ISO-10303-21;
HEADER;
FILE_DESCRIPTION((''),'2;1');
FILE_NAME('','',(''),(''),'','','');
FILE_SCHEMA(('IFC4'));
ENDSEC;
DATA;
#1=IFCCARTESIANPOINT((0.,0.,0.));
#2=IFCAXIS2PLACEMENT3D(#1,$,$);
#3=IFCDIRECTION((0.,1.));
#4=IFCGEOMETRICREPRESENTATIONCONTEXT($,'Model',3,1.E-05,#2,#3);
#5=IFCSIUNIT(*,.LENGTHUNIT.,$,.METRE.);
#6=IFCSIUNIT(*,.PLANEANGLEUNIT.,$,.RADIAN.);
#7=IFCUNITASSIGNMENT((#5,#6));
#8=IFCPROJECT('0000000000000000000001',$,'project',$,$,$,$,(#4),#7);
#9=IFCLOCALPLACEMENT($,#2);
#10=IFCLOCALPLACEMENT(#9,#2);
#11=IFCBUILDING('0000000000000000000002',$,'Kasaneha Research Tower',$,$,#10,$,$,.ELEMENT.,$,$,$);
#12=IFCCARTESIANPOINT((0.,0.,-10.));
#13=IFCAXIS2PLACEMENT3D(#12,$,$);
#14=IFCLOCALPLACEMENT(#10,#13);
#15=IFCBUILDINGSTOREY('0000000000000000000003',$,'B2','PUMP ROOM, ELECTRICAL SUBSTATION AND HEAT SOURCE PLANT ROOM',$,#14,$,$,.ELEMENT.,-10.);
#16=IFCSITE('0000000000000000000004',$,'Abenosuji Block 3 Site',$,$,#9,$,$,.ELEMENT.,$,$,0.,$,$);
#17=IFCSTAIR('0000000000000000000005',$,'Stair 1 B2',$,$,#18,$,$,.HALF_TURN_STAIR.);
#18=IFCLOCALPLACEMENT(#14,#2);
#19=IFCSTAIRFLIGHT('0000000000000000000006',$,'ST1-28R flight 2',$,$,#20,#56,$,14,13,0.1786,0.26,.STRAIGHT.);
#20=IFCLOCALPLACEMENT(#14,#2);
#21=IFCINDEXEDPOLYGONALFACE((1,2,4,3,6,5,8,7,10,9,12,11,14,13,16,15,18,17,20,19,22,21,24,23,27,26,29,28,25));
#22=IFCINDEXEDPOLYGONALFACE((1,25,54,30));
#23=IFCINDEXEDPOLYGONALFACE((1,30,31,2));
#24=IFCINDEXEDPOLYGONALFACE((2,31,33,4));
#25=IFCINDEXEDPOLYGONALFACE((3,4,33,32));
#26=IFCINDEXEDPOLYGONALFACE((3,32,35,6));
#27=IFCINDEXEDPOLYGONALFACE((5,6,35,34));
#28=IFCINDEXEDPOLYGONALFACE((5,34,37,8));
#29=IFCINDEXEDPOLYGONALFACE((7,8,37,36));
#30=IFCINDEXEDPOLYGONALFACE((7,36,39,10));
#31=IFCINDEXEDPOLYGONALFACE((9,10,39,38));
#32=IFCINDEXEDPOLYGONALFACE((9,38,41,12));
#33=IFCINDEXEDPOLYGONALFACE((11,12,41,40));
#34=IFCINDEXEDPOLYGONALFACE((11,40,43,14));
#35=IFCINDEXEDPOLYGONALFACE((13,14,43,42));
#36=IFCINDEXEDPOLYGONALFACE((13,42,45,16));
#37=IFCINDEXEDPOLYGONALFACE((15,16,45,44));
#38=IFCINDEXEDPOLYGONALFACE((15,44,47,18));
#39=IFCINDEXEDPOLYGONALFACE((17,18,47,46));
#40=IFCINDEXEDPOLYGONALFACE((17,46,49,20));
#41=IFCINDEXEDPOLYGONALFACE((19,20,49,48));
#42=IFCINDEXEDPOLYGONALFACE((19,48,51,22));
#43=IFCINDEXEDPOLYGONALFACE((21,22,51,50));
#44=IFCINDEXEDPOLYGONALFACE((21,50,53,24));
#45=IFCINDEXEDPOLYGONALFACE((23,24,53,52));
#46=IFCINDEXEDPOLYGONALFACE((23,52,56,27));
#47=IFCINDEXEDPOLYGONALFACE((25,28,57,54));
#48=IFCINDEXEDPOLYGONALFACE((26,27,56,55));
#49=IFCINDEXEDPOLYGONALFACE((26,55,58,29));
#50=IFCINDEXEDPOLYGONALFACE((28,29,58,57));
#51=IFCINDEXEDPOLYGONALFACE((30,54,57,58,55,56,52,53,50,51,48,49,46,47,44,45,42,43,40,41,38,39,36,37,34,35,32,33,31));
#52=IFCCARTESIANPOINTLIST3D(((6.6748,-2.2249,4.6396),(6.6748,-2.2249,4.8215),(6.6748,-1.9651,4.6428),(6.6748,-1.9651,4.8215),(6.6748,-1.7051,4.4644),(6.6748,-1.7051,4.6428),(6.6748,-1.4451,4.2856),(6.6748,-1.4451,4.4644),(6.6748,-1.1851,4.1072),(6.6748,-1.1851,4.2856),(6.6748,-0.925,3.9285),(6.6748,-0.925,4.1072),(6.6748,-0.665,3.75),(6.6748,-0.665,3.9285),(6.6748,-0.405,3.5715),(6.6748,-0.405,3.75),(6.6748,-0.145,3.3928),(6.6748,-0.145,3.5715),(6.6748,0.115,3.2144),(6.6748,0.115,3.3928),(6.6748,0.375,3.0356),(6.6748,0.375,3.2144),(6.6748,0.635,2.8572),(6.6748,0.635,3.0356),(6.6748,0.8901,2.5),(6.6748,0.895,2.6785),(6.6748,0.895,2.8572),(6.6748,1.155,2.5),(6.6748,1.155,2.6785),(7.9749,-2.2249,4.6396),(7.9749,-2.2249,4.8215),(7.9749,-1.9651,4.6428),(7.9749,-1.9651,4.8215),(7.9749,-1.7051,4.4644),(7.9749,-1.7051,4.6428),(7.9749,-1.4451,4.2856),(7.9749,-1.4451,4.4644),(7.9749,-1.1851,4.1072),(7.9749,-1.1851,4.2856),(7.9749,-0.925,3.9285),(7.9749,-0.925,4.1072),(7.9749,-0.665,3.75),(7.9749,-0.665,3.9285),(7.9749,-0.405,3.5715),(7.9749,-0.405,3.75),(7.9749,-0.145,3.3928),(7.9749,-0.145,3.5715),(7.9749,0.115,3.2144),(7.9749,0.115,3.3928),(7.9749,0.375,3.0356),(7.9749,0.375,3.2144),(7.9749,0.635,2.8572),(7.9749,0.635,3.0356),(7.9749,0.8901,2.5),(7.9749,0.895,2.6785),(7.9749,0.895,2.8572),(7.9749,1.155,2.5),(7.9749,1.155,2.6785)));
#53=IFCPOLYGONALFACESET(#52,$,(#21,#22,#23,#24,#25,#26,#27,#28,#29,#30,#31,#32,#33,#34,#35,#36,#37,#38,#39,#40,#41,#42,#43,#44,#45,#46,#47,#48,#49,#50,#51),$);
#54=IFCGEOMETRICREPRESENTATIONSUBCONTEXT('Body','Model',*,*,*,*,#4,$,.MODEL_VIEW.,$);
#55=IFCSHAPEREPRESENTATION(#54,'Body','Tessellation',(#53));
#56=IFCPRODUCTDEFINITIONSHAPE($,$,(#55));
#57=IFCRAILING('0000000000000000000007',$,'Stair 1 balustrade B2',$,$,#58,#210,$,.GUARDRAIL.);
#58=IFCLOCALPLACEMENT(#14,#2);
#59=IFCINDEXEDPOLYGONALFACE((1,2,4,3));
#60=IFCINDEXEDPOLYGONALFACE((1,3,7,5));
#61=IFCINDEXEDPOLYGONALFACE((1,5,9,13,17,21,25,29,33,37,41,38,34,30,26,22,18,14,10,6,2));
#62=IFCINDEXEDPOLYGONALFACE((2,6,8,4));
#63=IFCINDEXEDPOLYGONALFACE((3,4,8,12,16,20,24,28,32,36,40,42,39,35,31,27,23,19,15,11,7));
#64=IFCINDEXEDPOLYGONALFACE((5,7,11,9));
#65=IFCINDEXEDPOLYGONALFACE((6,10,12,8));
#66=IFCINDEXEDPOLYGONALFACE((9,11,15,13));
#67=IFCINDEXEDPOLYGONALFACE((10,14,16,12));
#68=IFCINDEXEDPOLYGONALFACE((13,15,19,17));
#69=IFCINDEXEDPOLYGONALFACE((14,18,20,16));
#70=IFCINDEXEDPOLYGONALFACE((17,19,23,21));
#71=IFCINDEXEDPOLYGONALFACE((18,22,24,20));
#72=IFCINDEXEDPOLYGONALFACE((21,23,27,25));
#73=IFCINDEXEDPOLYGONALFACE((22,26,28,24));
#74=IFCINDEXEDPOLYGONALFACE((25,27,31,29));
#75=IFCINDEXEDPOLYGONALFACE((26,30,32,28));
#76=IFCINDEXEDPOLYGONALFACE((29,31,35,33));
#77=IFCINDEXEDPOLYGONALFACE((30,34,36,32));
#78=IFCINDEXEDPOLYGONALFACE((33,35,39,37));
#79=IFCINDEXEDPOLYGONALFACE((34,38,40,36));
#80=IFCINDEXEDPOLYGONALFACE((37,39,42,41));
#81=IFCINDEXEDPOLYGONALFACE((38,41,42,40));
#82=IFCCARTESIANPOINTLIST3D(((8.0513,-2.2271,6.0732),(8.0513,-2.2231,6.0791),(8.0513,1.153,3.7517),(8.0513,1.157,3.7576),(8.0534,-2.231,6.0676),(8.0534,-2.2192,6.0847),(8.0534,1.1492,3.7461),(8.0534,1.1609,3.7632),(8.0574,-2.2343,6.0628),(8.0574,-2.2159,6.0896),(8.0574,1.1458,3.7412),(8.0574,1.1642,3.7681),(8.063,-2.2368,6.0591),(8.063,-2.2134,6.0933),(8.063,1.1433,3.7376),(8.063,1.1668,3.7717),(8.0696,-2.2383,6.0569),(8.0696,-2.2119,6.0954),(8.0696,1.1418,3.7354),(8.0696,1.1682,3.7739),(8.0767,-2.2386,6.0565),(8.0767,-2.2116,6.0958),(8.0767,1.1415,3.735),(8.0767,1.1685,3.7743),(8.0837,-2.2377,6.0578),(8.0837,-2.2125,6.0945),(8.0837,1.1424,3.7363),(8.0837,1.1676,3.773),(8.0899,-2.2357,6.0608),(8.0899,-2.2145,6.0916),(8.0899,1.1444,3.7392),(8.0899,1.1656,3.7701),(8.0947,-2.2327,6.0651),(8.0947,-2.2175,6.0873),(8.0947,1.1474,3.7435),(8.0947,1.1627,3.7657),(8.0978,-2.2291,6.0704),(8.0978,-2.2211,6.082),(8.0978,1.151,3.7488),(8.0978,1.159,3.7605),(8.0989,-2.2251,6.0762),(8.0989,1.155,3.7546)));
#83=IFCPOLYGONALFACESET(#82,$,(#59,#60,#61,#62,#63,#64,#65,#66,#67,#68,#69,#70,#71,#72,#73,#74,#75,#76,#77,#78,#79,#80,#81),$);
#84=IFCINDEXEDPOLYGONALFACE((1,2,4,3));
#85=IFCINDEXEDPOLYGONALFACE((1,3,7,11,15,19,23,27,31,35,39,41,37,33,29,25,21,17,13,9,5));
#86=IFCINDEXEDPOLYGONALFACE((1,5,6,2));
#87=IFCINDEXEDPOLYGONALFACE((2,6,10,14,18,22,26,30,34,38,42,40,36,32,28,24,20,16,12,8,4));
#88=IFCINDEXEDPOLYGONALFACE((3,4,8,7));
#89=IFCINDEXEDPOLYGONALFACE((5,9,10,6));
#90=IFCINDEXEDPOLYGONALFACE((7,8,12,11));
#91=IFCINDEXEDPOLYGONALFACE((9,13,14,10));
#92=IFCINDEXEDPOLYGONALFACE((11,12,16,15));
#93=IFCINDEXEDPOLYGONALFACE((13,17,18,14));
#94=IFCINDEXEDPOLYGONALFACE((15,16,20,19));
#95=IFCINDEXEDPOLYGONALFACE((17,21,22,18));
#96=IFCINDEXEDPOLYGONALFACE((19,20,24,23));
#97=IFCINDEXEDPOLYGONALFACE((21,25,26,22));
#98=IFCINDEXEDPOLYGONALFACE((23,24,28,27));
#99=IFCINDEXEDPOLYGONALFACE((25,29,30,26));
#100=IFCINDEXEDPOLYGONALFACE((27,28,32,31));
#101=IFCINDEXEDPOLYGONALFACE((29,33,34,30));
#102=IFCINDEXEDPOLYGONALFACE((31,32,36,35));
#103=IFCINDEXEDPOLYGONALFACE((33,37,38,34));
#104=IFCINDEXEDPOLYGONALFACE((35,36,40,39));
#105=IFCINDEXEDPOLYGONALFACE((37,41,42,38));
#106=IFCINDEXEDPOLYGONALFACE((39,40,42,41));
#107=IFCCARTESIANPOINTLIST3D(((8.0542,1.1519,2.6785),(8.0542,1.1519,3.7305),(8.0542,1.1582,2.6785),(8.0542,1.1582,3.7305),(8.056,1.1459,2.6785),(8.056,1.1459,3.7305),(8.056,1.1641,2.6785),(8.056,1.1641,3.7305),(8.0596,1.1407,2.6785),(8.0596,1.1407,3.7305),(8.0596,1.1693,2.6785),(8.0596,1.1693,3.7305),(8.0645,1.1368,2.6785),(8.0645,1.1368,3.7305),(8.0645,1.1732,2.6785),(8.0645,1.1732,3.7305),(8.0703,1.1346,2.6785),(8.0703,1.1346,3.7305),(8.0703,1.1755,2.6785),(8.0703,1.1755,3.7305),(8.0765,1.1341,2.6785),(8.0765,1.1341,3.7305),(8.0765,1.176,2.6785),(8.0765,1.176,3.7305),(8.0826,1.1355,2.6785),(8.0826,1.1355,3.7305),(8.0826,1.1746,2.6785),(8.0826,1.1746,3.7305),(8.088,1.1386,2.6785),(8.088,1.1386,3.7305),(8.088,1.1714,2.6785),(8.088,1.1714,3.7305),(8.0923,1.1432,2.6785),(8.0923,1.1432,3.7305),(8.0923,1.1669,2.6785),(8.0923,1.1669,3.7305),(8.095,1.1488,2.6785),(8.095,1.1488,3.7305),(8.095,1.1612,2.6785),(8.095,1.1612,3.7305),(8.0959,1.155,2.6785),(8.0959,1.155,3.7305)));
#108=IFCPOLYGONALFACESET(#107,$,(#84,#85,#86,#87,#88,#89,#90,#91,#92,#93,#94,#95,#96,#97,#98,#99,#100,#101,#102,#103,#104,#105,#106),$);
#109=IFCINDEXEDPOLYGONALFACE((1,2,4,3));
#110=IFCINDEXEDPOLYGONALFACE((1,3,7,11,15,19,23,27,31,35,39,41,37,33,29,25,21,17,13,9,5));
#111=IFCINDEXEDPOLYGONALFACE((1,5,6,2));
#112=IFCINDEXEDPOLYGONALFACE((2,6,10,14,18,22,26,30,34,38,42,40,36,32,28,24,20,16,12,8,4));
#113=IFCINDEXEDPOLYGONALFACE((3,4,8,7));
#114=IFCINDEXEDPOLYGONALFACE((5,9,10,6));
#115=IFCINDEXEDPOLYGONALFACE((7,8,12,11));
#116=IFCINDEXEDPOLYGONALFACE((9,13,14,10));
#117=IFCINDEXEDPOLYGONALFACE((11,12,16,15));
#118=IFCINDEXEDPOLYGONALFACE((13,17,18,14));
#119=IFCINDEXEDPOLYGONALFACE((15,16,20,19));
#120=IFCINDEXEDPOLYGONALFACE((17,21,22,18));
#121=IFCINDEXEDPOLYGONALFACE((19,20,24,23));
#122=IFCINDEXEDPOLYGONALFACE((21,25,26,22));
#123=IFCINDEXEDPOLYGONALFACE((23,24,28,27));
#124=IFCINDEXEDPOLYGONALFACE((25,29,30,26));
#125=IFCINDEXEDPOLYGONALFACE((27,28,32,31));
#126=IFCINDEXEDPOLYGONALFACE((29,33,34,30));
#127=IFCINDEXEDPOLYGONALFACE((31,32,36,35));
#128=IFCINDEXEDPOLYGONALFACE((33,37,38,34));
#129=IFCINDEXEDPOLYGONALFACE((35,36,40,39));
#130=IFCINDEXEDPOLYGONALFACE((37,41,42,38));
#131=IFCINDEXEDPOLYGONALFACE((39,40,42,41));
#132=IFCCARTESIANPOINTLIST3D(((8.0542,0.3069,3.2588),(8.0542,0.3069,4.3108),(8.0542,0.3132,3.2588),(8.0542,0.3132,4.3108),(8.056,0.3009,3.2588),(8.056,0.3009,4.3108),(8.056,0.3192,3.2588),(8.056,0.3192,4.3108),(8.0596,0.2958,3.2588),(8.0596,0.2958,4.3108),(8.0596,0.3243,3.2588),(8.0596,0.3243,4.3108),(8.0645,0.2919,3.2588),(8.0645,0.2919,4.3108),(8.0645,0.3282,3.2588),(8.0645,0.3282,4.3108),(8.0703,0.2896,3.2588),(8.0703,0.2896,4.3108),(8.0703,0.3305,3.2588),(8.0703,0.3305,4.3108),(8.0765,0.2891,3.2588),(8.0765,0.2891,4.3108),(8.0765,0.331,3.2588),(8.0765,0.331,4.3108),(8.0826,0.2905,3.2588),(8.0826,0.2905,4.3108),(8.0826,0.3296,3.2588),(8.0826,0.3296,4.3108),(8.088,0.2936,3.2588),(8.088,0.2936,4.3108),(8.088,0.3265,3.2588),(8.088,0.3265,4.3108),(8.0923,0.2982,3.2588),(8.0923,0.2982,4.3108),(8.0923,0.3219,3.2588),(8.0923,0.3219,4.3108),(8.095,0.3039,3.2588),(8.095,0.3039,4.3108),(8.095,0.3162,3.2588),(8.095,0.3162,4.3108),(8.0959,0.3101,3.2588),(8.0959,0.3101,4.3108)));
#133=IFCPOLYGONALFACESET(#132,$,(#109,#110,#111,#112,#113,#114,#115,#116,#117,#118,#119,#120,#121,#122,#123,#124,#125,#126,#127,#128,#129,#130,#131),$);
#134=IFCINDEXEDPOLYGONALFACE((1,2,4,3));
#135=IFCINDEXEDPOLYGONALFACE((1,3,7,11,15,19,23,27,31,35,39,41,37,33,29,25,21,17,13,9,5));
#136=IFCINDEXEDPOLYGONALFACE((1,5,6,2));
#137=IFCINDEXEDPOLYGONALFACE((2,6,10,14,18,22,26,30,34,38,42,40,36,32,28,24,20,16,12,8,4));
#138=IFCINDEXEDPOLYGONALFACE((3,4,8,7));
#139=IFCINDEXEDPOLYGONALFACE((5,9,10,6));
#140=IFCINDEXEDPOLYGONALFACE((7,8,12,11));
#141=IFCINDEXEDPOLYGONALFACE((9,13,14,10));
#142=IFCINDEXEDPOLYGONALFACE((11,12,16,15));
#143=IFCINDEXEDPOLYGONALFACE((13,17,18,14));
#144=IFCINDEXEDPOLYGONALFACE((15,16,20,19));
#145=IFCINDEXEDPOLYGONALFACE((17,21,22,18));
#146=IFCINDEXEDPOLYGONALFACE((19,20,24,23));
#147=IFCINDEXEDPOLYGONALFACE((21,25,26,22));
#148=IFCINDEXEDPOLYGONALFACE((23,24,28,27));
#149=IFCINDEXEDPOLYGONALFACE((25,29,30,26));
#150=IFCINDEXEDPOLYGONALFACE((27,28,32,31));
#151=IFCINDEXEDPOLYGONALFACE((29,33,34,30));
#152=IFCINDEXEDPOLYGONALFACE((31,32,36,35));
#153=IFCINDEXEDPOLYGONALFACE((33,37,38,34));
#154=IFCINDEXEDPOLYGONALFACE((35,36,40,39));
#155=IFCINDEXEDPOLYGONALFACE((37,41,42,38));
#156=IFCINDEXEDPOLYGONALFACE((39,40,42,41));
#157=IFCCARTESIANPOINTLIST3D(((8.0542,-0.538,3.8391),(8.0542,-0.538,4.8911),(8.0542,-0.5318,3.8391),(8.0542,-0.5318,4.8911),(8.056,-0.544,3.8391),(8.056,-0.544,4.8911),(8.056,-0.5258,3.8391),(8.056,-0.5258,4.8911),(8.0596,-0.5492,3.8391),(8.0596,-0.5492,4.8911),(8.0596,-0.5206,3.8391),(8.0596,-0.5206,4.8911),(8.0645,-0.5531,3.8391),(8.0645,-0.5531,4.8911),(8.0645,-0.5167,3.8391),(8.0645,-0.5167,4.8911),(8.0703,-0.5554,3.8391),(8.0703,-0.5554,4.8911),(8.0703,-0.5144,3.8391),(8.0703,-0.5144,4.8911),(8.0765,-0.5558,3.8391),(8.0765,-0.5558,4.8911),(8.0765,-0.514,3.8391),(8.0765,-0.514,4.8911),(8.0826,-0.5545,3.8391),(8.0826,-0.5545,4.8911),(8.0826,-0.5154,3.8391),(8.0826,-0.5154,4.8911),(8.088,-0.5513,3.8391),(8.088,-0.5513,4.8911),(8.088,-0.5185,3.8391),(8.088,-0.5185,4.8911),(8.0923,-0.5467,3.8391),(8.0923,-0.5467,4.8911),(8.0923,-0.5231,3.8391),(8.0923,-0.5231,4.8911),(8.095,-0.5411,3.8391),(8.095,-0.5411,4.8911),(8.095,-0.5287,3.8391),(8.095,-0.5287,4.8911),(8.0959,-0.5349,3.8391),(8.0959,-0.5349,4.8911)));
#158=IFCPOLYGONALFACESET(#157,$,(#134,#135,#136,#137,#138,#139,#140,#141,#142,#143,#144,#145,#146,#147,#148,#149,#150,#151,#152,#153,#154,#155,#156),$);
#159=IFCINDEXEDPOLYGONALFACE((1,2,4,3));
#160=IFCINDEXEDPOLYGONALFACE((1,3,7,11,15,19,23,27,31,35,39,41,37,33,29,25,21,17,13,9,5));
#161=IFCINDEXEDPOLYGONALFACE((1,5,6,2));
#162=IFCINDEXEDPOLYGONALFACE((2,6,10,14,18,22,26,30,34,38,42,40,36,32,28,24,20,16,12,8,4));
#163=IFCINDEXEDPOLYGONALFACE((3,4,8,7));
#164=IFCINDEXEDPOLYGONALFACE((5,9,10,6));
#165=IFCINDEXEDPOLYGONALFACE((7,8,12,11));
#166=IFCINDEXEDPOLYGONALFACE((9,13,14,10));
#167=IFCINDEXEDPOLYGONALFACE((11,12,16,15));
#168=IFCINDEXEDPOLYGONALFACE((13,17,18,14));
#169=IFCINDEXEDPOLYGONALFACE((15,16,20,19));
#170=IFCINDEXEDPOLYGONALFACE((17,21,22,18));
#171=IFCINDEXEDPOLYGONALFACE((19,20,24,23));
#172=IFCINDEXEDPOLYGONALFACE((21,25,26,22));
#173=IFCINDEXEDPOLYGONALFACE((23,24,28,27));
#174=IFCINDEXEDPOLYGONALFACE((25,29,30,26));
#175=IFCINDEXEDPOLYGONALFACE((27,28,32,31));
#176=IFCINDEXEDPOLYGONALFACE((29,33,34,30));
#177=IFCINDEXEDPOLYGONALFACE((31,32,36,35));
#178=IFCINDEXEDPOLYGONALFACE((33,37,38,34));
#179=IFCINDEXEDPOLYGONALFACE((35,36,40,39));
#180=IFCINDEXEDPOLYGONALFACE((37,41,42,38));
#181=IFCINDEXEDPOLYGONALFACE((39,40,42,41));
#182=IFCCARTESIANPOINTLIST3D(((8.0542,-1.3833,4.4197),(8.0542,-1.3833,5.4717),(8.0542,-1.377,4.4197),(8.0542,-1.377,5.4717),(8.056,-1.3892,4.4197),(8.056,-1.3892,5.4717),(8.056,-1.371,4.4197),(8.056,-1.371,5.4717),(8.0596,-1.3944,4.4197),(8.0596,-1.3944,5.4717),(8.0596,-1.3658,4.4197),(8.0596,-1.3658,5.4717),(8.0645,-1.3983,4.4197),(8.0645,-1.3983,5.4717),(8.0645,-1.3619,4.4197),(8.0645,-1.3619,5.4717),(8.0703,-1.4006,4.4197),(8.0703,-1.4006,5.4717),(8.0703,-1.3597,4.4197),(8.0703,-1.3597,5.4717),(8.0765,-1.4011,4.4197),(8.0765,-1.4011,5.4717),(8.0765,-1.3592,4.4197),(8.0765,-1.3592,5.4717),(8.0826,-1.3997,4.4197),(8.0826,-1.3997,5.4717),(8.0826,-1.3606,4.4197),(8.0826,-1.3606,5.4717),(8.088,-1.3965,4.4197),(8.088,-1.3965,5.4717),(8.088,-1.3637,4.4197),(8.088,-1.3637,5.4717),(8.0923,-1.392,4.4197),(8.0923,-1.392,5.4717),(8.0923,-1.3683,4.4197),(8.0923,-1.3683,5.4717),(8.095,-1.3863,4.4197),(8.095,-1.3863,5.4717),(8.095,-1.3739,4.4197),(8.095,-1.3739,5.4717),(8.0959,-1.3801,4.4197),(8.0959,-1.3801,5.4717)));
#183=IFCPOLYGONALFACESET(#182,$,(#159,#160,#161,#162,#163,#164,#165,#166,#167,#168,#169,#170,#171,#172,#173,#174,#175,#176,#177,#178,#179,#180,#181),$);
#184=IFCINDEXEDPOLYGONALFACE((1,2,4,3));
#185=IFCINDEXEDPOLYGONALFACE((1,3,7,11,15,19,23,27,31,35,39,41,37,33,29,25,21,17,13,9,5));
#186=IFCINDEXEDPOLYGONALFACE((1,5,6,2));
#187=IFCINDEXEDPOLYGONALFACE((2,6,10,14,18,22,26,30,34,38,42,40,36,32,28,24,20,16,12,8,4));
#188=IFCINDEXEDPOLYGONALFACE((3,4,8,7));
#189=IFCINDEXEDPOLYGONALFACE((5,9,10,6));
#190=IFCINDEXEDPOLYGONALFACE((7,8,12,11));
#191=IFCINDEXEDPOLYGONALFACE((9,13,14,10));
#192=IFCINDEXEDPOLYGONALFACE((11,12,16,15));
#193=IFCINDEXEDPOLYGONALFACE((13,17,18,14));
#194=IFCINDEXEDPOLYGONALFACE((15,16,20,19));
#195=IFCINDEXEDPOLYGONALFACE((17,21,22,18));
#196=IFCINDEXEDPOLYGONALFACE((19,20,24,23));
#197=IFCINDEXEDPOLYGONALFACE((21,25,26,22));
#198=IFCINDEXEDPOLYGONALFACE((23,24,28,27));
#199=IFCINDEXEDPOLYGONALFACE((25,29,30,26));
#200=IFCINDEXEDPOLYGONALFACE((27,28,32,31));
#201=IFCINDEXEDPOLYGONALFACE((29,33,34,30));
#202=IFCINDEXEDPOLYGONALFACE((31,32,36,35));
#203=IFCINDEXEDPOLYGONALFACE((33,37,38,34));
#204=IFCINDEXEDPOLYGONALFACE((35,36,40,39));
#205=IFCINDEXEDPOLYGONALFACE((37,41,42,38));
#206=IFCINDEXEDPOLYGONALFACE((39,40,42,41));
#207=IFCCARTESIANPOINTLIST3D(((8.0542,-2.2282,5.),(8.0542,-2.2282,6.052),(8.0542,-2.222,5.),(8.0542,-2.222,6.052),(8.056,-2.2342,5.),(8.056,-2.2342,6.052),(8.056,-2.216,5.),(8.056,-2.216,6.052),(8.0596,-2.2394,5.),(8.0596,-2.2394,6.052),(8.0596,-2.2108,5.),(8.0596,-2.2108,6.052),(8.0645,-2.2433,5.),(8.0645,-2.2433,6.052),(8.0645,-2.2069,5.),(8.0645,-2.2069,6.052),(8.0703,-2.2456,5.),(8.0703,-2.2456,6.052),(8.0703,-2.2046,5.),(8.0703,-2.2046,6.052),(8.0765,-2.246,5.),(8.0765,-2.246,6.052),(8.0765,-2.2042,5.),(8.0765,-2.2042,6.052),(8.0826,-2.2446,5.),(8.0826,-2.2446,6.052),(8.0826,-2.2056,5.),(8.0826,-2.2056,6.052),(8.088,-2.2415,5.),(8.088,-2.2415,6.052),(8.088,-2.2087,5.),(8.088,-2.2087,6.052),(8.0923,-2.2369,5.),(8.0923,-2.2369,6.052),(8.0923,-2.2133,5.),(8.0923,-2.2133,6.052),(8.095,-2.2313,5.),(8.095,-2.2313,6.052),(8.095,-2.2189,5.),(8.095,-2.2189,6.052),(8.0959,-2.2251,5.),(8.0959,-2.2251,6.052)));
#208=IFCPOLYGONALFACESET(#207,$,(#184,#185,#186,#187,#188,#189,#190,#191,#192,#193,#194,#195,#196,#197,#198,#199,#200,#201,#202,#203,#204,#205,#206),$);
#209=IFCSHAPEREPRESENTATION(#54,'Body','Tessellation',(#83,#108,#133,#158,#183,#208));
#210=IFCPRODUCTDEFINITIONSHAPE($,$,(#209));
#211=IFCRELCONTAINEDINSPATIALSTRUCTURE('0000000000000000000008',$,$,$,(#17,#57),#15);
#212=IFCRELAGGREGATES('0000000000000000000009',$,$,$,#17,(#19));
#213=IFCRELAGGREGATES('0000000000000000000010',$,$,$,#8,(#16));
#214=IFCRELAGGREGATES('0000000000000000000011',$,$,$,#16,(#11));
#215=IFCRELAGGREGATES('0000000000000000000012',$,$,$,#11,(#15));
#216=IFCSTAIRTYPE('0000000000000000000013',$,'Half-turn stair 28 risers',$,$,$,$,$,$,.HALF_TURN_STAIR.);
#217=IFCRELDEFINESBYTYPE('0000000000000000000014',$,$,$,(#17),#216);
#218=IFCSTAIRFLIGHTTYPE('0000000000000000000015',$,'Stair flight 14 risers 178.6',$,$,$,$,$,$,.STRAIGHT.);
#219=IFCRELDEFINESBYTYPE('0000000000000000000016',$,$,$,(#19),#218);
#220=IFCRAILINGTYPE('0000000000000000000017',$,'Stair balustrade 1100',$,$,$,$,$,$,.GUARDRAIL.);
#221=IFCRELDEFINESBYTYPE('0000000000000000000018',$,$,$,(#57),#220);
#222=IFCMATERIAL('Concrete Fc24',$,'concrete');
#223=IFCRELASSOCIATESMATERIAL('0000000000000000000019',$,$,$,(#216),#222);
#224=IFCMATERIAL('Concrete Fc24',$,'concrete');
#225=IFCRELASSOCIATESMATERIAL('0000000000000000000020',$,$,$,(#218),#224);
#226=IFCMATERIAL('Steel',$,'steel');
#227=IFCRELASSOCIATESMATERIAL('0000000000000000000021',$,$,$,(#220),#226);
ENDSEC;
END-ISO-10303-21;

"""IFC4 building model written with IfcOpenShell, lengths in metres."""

from ifc_helpers import new_model, si_unit, direction, frame, origin, origin_2d, place, context, subcontext, project, spatial, polyline, circle, outline, extrude, material, type_object, element, aggregate, save


model = new_model("IFC4")

# Units and contexts
model_context = context("Model", 3, precision=1e-05, world=origin(), true_north=direction((0.0, 1.0)))
body_context = subcontext(model_context, "Body", "Model", "MODEL_VIEW")
ifc_project = project(units=[si_unit("LENGTHUNIT", "METRE"), si_unit("PLANEANGLEUNIT", "RADIAN")], contexts=[model_context])

# Site, building, storey
site_placement = place(None, origin())
site = spatial("IfcSite", under=ifc_project, at=site_placement, Name="Abenosuji Block 3 Site", CompositionType="ELEMENT", RefElevation=0.0)
building_placement = place(site_placement, origin())
building = spatial("IfcBuilding", under=site, at=building_placement, Name="Kasaneha Research Tower", CompositionType="ELEMENT")
storey_placement = place(building_placement, frame((0.0, 0.0, -10.0)))
storey = spatial("IfcBuildingStorey", under=building, at=storey_placement, Name="B2", Description="PUMP ROOM, ELECTRICAL SUBSTATION AND HEAT SOURCE PLANT ROOM", CompositionType="ELEMENT", Elevation=-10.0)

# Stair
ifc_material_1 = material(Name="Concrete Fc24", Category="concrete")
stair_type = type_object("IfcStairType", Name="Half-turn stair 28 risers", PredefinedType="HALF_TURN_STAIR", material=ifc_material_1)
stair_1_placement = place(storey_placement, origin())
stair_1 = element("IfcStair", 1, at=stair_1_placement, inside=storey, type_object=stair_type, Name="Stair 1 B2", PredefinedType="HALF_TURN_STAIR")

# Stair flight
ifc_material_2 = material(Name="Concrete Fc24", Category="concrete")
stair_flight_type = type_object("IfcStairFlightType", Name="Stair flight 14 risers 178.6", PredefinedType="STRAIGHT", material=ifc_material_2)
stair_flight_placement = place(storey_placement, frame((7.325, 1.155, 2.5), z_axis=(0.0, 0.0, 1.0), x_axis=(0.0, -1.0, 0.0)))
stair_flight = element("IfcStairFlight", 2, at=stair_flight_placement, type_object=stair_flight_type, Name="ST1-28R flight 2", NumberOfRisers=14, NumberOfTreads=13, PredefinedType="STRAIGHT", RiserHeight=0.1786, TreadLength=0.26, context=body_context, shape_type="SweptSolid", body=[
    extrude(outline(polyline([(0.0, 0.0), (0.0, 0.1785), (0.26, 0.1785), (0.26, 0.3572), (0.52, 0.3572), (0.52, 0.5356), (0.78, 0.5356), (0.78, 0.7144), (1.04, 0.7144), (1.04, 0.8928), (1.3, 0.8928), (1.3, 1.0715), (1.5601, 1.0715), (1.5601, 1.25), (1.8201, 1.25), (1.8201, 1.4285), (2.0801, 1.4285), (2.0801, 1.6072), (2.3401, 1.6072), (2.3401, 1.7856), (2.6001, 1.7856), (2.6001, 1.9644), (2.8601, 1.9644), (2.8601, 2.1428), (3.1201, 2.1428), (3.1201, 2.3215), (3.3799, 2.3215), (3.3799, 2.5), (3.3799, 2.1396), (0.2649, 0.0), (0.0, 0.0)])), frame((0.0, 0.6499, 0.0), z_axis=(0.0, -1.0, 0.0), x_axis=(1.0, 0.0, 0.0)), (0.0, 0.0, 1.0), 1.3),
])
aggregate(stair_1, [stair_flight])

# Railing
ifc_material_3 = material(Name="Steel", Category="steel")
railing_type_1 = type_object("IfcRailingType", Name="Stair balustrade 1100", PredefinedType="GUARDRAIL", material=ifc_material_3)
railing_1_placement = place(storey_placement, frame((8.075, 1.155, 2.6785)))
element("IfcRailing", 3, at=railing_1_placement, inside=storey, type_object=railing_type_1, Name="Stair 1 balustrade B2", PredefinedType="GUARDRAIL", context=body_context, shape_type="SweptSolid", body=[
    extrude(circle(Radius=0.0239, at=origin_2d()), frame((0.0, 0.0, 1.0762), z_axis=(0.0, -0.824304, 0.566147), x_axis=(1.0, 0.0, 0.0)), (0.0, 0.0, 1.0), 4.1006),
    extrude(circle(Radius=0.021, at=origin_2d()), origin(), (0.0, 0.0, 1.0), 1.052),
    extrude(circle(Radius=0.021, at=origin_2d()), frame((0.0, -0.845, 0.5803)), (0.0, 0.0, 1.0), 1.052),
    extrude(circle(Radius=0.021, at=origin_2d()), frame((0.0, -1.6899, 1.1606)), (0.0, 0.0, 1.0), 1.052),
    extrude(circle(Radius=0.021, at=origin_2d()), frame((0.0, -2.5352, 1.7412)), (0.0, 0.0, 1.0), 1.052),
    extrude(circle(Radius=0.021, at=origin_2d()), frame((0.0, -3.3801, 2.3215)), (0.0, 0.0, 1.0), 1.052),
])

save(model, "model.ifc")
